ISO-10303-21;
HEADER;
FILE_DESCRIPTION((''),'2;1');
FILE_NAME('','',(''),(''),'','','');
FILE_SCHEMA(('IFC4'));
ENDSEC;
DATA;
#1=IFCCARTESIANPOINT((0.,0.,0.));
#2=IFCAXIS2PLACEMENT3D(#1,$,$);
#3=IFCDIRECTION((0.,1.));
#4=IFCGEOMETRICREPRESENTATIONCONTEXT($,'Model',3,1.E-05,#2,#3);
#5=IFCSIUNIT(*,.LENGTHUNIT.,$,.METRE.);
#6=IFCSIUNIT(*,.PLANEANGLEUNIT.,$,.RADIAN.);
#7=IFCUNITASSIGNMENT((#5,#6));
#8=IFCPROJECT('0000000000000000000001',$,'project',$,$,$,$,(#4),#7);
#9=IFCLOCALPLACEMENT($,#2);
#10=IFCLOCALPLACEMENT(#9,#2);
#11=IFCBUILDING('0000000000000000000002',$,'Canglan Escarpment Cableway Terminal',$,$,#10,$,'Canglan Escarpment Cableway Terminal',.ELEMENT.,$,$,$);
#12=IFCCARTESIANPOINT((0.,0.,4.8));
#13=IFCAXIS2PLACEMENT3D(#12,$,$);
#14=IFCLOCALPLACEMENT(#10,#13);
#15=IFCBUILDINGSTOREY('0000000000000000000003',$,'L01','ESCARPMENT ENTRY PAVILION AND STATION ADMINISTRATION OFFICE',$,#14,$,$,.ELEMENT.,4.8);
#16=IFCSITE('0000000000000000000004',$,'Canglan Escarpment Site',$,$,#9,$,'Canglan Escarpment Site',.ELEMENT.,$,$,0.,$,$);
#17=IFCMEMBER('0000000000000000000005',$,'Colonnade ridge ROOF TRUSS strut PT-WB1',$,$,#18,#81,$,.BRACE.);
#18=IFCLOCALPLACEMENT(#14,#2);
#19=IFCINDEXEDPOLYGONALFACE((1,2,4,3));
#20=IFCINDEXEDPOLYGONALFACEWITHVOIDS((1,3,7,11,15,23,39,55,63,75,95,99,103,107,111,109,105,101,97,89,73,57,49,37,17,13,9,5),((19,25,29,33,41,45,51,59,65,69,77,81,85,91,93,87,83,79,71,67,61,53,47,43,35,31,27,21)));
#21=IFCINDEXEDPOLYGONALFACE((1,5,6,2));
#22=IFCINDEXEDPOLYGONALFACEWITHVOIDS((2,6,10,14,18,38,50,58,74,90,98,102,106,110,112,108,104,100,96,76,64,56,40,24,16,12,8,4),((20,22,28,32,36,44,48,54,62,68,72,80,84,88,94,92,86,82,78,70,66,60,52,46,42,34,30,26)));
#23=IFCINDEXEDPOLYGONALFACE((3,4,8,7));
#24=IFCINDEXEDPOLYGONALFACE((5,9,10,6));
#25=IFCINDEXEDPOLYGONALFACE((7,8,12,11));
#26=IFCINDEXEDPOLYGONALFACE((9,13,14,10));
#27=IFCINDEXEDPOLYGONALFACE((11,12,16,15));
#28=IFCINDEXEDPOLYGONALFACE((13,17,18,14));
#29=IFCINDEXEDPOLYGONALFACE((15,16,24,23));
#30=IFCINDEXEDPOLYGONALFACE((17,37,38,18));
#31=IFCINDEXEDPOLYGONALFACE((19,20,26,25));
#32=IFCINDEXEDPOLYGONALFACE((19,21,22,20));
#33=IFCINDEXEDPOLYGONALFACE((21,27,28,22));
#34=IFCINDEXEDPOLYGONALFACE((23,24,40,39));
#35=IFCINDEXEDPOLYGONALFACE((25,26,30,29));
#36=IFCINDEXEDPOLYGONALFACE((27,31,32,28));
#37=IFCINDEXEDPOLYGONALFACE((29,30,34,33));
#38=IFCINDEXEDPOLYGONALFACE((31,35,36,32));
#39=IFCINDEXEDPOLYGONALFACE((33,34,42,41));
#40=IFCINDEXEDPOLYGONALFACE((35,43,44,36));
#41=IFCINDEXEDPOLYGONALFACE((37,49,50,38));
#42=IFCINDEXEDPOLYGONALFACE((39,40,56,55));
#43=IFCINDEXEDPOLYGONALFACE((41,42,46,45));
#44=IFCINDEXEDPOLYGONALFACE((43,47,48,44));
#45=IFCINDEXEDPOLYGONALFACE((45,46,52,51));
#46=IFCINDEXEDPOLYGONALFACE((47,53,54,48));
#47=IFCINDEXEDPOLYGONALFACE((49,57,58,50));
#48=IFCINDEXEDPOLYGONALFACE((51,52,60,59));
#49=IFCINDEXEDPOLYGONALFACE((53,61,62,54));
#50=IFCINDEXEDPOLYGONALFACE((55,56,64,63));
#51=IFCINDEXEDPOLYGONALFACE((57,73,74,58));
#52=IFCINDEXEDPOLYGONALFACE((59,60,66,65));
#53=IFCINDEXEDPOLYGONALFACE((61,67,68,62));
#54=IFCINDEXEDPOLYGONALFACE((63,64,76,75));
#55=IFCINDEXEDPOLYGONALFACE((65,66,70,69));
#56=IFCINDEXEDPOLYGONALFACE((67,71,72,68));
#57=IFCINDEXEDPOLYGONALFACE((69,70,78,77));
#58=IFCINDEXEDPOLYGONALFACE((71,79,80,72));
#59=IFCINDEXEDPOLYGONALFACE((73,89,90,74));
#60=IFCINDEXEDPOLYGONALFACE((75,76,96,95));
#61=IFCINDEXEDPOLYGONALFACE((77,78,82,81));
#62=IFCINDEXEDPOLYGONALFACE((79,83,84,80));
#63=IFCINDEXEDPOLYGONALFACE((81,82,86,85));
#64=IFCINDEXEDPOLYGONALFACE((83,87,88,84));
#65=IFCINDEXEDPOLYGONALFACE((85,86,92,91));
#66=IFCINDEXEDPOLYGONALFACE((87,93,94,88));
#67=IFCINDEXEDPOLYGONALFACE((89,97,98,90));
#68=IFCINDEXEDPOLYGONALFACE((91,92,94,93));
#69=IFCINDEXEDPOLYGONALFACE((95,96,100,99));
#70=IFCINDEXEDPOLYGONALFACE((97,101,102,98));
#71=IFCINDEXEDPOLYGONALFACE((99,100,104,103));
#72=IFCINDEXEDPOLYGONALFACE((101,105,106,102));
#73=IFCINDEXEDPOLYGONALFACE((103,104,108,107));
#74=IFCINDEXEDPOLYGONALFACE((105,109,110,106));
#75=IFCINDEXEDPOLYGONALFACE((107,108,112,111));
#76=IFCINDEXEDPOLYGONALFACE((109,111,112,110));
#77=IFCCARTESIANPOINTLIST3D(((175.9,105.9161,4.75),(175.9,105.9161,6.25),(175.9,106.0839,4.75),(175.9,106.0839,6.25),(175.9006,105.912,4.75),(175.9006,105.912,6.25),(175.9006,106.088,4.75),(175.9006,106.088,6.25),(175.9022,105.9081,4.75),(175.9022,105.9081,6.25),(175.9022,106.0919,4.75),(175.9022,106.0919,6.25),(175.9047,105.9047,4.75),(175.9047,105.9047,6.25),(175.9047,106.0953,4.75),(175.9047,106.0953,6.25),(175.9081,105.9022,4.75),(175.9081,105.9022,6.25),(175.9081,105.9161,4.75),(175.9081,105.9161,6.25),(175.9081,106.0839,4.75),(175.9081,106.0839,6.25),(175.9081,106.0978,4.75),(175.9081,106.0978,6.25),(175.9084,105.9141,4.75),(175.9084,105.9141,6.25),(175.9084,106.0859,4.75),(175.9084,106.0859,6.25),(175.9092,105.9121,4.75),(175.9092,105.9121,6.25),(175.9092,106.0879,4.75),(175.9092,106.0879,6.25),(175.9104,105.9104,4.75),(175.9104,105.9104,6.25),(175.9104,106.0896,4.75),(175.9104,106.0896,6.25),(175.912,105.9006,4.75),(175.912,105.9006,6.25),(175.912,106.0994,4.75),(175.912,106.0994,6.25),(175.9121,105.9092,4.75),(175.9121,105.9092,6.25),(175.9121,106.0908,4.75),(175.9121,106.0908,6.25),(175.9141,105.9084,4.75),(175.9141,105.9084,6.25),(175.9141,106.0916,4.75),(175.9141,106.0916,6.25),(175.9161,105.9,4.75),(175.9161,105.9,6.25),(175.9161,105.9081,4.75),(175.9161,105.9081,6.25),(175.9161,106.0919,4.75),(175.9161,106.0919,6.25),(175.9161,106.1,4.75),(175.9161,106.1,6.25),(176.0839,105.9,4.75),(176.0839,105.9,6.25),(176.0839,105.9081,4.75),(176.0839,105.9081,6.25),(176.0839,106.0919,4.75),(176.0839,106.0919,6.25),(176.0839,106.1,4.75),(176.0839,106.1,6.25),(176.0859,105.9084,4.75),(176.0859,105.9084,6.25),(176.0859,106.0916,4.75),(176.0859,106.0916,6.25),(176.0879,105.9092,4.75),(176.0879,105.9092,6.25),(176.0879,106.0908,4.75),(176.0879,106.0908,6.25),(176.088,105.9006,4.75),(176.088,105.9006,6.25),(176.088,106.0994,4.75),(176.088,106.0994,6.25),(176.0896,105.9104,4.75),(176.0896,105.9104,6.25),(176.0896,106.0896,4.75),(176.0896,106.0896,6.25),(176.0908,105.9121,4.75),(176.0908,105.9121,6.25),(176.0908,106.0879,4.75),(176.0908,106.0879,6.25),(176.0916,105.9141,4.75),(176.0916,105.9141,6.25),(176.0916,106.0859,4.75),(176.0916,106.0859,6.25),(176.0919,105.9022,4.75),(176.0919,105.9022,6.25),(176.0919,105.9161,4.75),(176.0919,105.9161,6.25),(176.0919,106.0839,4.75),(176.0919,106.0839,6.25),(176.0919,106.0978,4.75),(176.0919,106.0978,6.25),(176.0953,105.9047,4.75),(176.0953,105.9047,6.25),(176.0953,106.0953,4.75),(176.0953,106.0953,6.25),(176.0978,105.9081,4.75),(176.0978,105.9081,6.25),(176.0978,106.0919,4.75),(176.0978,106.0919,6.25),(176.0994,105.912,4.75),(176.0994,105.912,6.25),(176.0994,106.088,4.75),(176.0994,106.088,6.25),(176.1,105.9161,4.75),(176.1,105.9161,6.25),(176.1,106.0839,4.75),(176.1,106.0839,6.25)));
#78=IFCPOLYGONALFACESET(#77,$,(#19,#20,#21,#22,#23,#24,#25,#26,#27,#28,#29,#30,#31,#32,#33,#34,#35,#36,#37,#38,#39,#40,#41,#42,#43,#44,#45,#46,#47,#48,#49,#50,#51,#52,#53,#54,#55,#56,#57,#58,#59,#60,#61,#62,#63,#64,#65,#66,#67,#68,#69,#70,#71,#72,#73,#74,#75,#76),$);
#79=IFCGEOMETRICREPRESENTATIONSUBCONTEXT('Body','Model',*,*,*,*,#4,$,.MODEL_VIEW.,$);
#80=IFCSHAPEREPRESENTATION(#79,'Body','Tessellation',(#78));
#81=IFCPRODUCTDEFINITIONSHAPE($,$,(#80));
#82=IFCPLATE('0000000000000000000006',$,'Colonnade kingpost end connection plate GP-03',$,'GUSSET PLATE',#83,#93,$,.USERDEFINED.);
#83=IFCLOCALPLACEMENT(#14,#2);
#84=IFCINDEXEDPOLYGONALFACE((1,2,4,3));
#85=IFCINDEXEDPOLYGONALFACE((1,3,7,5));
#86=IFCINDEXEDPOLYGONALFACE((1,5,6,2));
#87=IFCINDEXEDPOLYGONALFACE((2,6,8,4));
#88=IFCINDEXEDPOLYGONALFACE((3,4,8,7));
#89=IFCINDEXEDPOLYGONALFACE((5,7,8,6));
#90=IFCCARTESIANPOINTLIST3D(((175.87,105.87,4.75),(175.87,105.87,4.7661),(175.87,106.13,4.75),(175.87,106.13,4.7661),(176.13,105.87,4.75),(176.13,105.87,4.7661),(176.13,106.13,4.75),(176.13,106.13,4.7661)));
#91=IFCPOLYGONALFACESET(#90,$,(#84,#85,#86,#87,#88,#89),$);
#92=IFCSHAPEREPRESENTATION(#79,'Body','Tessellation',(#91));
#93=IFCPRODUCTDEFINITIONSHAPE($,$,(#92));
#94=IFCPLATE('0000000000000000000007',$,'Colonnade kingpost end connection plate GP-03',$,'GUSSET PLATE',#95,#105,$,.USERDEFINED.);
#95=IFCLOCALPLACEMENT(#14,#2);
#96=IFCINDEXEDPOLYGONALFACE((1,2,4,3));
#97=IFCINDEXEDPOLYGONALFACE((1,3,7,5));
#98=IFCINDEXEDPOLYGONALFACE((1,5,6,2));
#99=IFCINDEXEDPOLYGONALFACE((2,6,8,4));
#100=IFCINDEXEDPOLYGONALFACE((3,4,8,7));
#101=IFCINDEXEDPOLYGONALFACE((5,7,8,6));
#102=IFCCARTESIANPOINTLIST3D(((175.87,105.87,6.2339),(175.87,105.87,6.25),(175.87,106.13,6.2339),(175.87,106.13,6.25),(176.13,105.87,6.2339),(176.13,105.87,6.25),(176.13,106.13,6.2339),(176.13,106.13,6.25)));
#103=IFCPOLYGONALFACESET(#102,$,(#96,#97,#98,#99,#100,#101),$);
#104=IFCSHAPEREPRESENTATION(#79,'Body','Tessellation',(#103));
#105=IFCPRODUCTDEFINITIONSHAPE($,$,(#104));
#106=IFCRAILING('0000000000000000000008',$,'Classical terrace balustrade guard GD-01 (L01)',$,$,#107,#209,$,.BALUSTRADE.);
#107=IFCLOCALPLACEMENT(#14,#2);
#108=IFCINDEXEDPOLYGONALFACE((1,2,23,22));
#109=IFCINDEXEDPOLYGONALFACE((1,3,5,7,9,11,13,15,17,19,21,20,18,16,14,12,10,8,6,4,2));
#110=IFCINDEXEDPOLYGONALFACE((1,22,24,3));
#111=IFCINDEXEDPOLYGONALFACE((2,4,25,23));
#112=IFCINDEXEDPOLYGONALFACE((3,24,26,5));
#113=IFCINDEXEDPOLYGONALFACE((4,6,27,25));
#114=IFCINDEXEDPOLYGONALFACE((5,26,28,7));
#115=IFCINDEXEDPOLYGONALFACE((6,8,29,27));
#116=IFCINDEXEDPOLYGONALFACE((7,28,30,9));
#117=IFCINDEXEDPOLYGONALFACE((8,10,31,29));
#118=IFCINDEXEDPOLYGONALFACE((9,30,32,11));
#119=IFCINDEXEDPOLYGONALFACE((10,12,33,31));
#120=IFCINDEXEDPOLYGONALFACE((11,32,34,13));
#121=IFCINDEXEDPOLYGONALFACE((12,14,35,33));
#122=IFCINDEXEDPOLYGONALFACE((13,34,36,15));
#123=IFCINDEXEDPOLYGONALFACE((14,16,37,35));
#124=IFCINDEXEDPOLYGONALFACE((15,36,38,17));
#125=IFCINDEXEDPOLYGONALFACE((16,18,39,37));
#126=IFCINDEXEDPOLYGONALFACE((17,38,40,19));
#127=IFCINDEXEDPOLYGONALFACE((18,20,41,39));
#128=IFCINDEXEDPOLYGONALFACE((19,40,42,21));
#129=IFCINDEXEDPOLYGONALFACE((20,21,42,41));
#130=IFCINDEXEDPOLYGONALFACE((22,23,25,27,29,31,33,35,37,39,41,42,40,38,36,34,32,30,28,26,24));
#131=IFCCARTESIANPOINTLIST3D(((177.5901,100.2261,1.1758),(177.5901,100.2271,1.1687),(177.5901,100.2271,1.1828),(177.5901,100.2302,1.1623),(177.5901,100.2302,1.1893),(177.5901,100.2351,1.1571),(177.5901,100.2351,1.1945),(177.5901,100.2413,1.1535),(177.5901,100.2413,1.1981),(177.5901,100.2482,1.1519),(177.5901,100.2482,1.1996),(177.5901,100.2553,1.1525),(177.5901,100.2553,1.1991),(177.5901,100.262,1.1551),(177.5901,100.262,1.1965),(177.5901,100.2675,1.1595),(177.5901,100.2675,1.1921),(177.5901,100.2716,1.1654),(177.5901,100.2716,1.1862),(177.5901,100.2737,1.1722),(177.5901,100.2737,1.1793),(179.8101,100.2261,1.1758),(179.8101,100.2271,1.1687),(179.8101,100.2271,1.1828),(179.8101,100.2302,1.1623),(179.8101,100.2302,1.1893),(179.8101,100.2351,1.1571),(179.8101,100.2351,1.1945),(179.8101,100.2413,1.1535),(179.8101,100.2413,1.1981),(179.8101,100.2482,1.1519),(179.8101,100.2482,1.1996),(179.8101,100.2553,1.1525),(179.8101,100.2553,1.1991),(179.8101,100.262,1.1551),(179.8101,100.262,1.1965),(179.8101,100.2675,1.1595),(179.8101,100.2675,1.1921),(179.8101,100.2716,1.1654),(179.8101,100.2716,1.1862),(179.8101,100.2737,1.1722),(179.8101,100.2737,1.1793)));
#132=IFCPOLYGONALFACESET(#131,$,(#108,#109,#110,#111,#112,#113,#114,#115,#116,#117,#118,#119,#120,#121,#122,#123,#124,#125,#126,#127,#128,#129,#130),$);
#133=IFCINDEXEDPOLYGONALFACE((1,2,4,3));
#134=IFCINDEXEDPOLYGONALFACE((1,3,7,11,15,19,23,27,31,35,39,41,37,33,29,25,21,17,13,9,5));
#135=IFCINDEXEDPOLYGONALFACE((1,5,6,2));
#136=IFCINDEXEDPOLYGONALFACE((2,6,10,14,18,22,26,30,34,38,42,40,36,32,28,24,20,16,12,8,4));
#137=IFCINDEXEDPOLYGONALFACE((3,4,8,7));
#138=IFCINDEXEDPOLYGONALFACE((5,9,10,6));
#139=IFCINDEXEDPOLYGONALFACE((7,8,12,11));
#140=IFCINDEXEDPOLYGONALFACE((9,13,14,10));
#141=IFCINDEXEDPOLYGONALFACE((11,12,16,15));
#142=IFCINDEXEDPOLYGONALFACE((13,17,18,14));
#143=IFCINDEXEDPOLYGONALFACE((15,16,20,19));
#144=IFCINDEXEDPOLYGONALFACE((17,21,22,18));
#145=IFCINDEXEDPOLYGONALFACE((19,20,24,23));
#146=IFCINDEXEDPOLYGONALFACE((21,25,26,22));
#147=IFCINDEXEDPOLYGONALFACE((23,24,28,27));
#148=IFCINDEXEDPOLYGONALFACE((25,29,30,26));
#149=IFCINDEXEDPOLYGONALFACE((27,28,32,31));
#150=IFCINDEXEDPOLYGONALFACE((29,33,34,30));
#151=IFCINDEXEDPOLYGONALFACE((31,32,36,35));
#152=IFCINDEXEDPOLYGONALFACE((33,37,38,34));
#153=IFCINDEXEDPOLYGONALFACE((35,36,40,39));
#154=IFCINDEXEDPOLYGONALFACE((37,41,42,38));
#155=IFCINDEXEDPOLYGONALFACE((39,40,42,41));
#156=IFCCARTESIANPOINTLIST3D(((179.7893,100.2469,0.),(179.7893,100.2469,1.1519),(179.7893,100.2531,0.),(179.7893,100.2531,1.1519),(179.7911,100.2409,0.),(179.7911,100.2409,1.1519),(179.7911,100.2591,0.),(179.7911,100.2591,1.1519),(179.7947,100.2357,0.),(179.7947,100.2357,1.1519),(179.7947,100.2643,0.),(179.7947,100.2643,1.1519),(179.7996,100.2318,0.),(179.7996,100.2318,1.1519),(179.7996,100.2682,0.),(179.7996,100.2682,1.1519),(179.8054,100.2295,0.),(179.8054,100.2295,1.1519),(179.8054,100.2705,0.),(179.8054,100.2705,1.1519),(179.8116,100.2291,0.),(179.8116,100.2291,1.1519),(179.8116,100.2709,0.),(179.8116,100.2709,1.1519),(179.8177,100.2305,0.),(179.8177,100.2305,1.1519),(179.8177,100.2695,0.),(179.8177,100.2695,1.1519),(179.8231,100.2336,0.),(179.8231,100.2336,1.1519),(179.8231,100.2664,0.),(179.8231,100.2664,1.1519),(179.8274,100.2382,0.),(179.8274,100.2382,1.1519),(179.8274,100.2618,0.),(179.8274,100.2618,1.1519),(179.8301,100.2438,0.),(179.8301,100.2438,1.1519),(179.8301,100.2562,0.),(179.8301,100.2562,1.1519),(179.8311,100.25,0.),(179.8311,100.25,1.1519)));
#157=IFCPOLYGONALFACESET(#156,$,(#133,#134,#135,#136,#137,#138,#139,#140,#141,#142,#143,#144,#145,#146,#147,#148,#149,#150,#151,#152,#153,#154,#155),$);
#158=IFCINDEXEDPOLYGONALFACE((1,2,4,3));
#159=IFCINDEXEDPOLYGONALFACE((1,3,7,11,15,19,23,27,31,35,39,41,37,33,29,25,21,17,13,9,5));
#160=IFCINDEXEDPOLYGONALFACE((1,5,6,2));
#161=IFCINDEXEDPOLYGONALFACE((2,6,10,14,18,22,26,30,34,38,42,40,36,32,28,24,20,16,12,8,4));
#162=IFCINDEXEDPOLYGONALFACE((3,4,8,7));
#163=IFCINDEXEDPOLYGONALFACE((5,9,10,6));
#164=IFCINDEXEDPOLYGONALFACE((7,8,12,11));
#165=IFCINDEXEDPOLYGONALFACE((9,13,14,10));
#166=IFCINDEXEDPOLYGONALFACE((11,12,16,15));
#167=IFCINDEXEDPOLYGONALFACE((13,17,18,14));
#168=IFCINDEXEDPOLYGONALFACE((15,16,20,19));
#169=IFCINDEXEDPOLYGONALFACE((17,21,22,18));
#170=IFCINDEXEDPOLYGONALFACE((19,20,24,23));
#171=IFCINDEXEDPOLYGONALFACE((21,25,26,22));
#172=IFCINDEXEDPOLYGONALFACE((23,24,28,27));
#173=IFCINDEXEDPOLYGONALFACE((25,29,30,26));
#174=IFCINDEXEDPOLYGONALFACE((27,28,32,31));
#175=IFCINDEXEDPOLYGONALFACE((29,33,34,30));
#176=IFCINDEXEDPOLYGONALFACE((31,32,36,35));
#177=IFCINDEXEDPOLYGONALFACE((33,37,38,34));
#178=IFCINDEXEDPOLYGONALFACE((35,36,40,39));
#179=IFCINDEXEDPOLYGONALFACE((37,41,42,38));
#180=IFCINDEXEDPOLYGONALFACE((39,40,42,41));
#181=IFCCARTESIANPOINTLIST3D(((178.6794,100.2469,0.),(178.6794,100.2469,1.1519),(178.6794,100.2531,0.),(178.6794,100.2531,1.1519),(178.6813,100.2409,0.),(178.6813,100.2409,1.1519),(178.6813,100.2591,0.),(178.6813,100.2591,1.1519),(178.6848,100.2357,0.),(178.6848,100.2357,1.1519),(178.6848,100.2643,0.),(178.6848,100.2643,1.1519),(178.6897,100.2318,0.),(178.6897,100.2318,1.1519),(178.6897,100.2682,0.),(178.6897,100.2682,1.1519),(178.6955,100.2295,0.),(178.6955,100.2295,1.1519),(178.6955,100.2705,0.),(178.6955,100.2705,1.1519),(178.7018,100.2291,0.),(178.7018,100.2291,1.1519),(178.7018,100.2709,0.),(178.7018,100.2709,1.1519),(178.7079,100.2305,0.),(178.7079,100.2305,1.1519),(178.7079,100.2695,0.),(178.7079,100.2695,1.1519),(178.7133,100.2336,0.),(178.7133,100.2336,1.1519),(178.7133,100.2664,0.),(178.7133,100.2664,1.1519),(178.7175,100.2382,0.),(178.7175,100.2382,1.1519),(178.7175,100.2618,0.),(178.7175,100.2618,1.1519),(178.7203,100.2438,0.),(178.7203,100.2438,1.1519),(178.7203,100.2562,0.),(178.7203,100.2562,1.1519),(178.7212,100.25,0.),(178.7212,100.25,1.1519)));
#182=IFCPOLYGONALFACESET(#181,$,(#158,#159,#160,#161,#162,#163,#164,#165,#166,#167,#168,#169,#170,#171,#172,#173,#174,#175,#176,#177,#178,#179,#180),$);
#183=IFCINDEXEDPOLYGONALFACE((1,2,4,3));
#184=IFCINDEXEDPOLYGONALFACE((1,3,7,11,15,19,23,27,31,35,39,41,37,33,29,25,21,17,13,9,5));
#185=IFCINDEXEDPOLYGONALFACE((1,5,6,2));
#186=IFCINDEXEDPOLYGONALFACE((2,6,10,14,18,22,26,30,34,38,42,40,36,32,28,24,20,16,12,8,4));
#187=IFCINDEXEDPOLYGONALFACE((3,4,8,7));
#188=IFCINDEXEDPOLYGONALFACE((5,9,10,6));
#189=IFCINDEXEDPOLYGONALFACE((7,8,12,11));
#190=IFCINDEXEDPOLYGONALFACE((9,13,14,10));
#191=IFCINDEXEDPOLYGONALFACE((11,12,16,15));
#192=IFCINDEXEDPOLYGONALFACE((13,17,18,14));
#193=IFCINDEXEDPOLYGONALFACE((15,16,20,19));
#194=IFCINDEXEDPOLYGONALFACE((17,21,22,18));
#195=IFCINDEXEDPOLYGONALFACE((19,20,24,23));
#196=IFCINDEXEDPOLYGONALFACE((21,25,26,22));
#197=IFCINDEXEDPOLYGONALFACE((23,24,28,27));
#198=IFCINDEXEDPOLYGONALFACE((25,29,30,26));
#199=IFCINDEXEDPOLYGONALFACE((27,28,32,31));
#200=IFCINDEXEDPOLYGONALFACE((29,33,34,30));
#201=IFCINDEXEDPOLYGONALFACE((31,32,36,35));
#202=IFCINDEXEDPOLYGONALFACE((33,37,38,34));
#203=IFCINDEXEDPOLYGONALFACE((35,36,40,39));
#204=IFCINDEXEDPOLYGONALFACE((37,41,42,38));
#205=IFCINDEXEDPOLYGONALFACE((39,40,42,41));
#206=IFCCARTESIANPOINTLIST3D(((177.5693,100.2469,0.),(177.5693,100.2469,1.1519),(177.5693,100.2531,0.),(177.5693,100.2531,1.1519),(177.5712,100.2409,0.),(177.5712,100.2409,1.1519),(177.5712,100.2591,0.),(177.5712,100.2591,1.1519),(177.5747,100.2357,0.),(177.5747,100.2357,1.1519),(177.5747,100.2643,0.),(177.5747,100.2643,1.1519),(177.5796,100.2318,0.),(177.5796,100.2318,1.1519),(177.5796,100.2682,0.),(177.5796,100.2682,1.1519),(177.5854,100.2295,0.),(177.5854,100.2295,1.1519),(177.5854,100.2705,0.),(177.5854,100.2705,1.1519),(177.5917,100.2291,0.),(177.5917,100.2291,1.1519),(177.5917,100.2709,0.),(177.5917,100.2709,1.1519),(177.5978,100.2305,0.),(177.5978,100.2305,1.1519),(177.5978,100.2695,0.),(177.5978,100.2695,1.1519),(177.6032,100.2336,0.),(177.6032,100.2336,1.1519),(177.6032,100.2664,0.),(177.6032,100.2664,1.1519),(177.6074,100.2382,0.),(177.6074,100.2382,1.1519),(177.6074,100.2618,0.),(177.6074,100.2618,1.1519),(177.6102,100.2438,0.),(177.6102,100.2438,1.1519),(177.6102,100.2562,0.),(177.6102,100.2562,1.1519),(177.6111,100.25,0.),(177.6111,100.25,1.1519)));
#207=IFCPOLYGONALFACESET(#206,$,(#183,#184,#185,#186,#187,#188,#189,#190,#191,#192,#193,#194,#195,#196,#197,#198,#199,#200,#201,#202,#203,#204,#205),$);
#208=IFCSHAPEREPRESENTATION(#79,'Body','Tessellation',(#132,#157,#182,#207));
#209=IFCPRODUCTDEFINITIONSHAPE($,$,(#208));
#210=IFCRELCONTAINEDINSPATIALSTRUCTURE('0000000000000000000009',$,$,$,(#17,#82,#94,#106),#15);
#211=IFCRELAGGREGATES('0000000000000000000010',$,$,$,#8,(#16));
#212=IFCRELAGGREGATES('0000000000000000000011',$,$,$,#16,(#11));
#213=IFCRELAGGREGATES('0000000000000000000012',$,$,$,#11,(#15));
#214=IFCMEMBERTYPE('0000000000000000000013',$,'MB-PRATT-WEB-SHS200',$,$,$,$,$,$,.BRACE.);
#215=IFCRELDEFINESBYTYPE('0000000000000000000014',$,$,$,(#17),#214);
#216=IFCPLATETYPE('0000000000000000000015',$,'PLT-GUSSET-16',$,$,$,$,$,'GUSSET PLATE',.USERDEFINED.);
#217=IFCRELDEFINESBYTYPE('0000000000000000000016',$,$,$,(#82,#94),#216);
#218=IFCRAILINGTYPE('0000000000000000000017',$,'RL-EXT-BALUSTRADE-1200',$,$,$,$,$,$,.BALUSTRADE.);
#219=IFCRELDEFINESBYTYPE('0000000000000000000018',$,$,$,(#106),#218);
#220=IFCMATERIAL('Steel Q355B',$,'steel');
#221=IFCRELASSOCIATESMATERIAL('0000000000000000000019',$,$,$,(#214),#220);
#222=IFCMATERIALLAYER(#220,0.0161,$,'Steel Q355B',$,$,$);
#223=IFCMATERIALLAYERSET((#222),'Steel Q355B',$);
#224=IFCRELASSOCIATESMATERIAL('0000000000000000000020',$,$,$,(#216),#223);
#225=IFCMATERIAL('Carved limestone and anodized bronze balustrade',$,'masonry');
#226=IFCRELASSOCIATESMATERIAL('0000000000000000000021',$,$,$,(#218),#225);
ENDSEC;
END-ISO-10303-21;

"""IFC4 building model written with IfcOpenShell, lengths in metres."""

from ifc_helpers import new_model, si_unit, direction, frame, origin, origin_2d, place, context, subcontext, project, spatial, rectangle, hollow_rectangle, circle, extrude, material, layer, layer_set, material_profile, profile_set, type_object, element, save


model = new_model("IFC4")

# Units and contexts
model_context = context("Model", 3, precision=1e-05, world=origin(), true_north=direction((0.0, 1.0)))
body_context = subcontext(model_context, "Body", "Model", "MODEL_VIEW")
ifc_project = project(units=[si_unit("LENGTHUNIT", "METRE"), si_unit("PLANEANGLEUNIT", "RADIAN")], contexts=[model_context])

# Site, building, storey
site_placement = place(None, origin())
site = spatial("IfcSite", under=ifc_project, at=site_placement, Name="Canglan Escarpment Site", LongName="Canglan Escarpment Site", CompositionType="ELEMENT", RefElevation=0.0)
building_placement = place(site_placement, origin())
building = spatial("IfcBuilding", under=site, at=building_placement, Name="Canglan Escarpment Cableway Terminal", LongName="Canglan Escarpment Cableway Terminal", CompositionType="ELEMENT")
storey_placement = place(building_placement, frame((0.0, 0.0, 4.8)))
storey = spatial("IfcBuildingStorey", under=building, at=storey_placement, Name="L01", Description="ESCARPMENT ENTRY PAVILION AND STATION ADMINISTRATION OFFICE", CompositionType="ELEMENT", Elevation=4.8)

# Member
ifc_material_1 = material(Name="Steel Q355B", Category="steel")
ifc_material_profile_1 = material_profile(ifc_material_1, hollow_rectangle(XDim=0.2, YDim=0.2, WallThickness=0.0081, InnerFilletRadius=0.0081, OuterFilletRadius=0.0161, at=origin_2d()), Name="SHS 200x200x8")
ifc_profile_set_1 = profile_set([ifc_material_profile_1], Name="Steel Q355B")
member_type_1 = type_object("IfcMemberType", Name="MB-PRATT-WEB-SHS200", PredefinedType="BRACE", material=ifc_profile_set_1)
member_1_placement = place(storey_placement, frame((176.0, 106.0, 4.75), z_axis=(0.0, 0.0, 1.0), x_axis=(1.0, 0.0, 0.0)))
element("IfcMember", 1, at=member_1_placement, inside=storey, type_object=member_type_1, Name="Colonnade ridge ROOF TRUSS strut PT-WB1", PredefinedType="BRACE", context=body_context, shape_type="SweptSolid", body=[
    extrude(hollow_rectangle(XDim=0.2, YDim=0.2, WallThickness=0.0081, InnerFilletRadius=0.0081, OuterFilletRadius=0.0161, at=origin_2d()), origin(), (0.0, 0.0, 1.0), 1.5),
])

# Plates
ifc_layer = layer(ifc_material_1, 0.0161, Name="Steel Q355B")
ifc_layer_set = layer_set([ifc_layer], Name="Steel Q355B")
plate_type = type_object("IfcPlateType", Name="PLT-GUSSET-16", ElementType="GUSSET PLATE", PredefinedType="USERDEFINED", material=ifc_layer_set)
for number, where, z_axis, x_axis, name in (
    (2, (176.0, 106.0, 4.75), (0.0, 0.0, 1.0), (1.0, 0.0, 0.0), "Colonnade kingpost end connection plate GP-03"),
    (3, (176.0, 106.0, 6.2339), (0.0, 0.0, 1.0), (1.0, 0.0, 0.0), "Colonnade kingpost end connection plate GP-03"),
):
    element("IfcPlate", number, at=place(storey_placement, frame(where, z_axis=z_axis, x_axis=x_axis)), inside=storey, type_object=plate_type, Name=name, ObjectType="GUSSET PLATE", PredefinedType="USERDEFINED", context=body_context, shape_type="SweptSolid", body=[
        extrude(rectangle(XDim=0.26, YDim=0.26, at=origin_2d()), origin(), (0.0, 0.0, 1.0), 0.0161),
    ])

# Railing
ifc_material_2 = material(Name="Carved limestone and anodized bronze balustrade", Category="masonry")
railing_type = type_object("IfcRailingType", Name="RL-EXT-BALUSTRADE-1200", PredefinedType="BALUSTRADE", material=ifc_material_2)
railing_1_placement = place(storey_placement, frame((179.8101, 100.25, 0.0)))
element("IfcRailing", 4, at=railing_1_placement, inside=storey, type_object=railing_type, Name="Classical terrace balustrade guard GD-01 (L01)", PredefinedType="BALUSTRADE", context=body_context, shape_type="SweptSolid", body=[
    extrude(circle(Radius=0.0239, at=origin_2d()), frame((0.0, 0.0, 1.1758), z_axis=(-1.0, 0.0, 0.0), x_axis=(0.0, -1.0, 0.0)), (0.0, 0.0, 1.0), 2.22),
    extrude(circle(Radius=0.021, at=origin_2d()), origin(), (0.0, 0.0, 1.0), 1.1519),
    extrude(circle(Radius=0.021, at=origin_2d()), frame((-1.1099, 0.0, 0.0)), (0.0, 0.0, 1.0), 1.1519),
    extrude(circle(Radius=0.021, at=origin_2d()), frame((-2.22, 0.0, 0.0)), (0.0, 0.0, 1.0), 1.1519),
])

save(model, "model.ifc")
